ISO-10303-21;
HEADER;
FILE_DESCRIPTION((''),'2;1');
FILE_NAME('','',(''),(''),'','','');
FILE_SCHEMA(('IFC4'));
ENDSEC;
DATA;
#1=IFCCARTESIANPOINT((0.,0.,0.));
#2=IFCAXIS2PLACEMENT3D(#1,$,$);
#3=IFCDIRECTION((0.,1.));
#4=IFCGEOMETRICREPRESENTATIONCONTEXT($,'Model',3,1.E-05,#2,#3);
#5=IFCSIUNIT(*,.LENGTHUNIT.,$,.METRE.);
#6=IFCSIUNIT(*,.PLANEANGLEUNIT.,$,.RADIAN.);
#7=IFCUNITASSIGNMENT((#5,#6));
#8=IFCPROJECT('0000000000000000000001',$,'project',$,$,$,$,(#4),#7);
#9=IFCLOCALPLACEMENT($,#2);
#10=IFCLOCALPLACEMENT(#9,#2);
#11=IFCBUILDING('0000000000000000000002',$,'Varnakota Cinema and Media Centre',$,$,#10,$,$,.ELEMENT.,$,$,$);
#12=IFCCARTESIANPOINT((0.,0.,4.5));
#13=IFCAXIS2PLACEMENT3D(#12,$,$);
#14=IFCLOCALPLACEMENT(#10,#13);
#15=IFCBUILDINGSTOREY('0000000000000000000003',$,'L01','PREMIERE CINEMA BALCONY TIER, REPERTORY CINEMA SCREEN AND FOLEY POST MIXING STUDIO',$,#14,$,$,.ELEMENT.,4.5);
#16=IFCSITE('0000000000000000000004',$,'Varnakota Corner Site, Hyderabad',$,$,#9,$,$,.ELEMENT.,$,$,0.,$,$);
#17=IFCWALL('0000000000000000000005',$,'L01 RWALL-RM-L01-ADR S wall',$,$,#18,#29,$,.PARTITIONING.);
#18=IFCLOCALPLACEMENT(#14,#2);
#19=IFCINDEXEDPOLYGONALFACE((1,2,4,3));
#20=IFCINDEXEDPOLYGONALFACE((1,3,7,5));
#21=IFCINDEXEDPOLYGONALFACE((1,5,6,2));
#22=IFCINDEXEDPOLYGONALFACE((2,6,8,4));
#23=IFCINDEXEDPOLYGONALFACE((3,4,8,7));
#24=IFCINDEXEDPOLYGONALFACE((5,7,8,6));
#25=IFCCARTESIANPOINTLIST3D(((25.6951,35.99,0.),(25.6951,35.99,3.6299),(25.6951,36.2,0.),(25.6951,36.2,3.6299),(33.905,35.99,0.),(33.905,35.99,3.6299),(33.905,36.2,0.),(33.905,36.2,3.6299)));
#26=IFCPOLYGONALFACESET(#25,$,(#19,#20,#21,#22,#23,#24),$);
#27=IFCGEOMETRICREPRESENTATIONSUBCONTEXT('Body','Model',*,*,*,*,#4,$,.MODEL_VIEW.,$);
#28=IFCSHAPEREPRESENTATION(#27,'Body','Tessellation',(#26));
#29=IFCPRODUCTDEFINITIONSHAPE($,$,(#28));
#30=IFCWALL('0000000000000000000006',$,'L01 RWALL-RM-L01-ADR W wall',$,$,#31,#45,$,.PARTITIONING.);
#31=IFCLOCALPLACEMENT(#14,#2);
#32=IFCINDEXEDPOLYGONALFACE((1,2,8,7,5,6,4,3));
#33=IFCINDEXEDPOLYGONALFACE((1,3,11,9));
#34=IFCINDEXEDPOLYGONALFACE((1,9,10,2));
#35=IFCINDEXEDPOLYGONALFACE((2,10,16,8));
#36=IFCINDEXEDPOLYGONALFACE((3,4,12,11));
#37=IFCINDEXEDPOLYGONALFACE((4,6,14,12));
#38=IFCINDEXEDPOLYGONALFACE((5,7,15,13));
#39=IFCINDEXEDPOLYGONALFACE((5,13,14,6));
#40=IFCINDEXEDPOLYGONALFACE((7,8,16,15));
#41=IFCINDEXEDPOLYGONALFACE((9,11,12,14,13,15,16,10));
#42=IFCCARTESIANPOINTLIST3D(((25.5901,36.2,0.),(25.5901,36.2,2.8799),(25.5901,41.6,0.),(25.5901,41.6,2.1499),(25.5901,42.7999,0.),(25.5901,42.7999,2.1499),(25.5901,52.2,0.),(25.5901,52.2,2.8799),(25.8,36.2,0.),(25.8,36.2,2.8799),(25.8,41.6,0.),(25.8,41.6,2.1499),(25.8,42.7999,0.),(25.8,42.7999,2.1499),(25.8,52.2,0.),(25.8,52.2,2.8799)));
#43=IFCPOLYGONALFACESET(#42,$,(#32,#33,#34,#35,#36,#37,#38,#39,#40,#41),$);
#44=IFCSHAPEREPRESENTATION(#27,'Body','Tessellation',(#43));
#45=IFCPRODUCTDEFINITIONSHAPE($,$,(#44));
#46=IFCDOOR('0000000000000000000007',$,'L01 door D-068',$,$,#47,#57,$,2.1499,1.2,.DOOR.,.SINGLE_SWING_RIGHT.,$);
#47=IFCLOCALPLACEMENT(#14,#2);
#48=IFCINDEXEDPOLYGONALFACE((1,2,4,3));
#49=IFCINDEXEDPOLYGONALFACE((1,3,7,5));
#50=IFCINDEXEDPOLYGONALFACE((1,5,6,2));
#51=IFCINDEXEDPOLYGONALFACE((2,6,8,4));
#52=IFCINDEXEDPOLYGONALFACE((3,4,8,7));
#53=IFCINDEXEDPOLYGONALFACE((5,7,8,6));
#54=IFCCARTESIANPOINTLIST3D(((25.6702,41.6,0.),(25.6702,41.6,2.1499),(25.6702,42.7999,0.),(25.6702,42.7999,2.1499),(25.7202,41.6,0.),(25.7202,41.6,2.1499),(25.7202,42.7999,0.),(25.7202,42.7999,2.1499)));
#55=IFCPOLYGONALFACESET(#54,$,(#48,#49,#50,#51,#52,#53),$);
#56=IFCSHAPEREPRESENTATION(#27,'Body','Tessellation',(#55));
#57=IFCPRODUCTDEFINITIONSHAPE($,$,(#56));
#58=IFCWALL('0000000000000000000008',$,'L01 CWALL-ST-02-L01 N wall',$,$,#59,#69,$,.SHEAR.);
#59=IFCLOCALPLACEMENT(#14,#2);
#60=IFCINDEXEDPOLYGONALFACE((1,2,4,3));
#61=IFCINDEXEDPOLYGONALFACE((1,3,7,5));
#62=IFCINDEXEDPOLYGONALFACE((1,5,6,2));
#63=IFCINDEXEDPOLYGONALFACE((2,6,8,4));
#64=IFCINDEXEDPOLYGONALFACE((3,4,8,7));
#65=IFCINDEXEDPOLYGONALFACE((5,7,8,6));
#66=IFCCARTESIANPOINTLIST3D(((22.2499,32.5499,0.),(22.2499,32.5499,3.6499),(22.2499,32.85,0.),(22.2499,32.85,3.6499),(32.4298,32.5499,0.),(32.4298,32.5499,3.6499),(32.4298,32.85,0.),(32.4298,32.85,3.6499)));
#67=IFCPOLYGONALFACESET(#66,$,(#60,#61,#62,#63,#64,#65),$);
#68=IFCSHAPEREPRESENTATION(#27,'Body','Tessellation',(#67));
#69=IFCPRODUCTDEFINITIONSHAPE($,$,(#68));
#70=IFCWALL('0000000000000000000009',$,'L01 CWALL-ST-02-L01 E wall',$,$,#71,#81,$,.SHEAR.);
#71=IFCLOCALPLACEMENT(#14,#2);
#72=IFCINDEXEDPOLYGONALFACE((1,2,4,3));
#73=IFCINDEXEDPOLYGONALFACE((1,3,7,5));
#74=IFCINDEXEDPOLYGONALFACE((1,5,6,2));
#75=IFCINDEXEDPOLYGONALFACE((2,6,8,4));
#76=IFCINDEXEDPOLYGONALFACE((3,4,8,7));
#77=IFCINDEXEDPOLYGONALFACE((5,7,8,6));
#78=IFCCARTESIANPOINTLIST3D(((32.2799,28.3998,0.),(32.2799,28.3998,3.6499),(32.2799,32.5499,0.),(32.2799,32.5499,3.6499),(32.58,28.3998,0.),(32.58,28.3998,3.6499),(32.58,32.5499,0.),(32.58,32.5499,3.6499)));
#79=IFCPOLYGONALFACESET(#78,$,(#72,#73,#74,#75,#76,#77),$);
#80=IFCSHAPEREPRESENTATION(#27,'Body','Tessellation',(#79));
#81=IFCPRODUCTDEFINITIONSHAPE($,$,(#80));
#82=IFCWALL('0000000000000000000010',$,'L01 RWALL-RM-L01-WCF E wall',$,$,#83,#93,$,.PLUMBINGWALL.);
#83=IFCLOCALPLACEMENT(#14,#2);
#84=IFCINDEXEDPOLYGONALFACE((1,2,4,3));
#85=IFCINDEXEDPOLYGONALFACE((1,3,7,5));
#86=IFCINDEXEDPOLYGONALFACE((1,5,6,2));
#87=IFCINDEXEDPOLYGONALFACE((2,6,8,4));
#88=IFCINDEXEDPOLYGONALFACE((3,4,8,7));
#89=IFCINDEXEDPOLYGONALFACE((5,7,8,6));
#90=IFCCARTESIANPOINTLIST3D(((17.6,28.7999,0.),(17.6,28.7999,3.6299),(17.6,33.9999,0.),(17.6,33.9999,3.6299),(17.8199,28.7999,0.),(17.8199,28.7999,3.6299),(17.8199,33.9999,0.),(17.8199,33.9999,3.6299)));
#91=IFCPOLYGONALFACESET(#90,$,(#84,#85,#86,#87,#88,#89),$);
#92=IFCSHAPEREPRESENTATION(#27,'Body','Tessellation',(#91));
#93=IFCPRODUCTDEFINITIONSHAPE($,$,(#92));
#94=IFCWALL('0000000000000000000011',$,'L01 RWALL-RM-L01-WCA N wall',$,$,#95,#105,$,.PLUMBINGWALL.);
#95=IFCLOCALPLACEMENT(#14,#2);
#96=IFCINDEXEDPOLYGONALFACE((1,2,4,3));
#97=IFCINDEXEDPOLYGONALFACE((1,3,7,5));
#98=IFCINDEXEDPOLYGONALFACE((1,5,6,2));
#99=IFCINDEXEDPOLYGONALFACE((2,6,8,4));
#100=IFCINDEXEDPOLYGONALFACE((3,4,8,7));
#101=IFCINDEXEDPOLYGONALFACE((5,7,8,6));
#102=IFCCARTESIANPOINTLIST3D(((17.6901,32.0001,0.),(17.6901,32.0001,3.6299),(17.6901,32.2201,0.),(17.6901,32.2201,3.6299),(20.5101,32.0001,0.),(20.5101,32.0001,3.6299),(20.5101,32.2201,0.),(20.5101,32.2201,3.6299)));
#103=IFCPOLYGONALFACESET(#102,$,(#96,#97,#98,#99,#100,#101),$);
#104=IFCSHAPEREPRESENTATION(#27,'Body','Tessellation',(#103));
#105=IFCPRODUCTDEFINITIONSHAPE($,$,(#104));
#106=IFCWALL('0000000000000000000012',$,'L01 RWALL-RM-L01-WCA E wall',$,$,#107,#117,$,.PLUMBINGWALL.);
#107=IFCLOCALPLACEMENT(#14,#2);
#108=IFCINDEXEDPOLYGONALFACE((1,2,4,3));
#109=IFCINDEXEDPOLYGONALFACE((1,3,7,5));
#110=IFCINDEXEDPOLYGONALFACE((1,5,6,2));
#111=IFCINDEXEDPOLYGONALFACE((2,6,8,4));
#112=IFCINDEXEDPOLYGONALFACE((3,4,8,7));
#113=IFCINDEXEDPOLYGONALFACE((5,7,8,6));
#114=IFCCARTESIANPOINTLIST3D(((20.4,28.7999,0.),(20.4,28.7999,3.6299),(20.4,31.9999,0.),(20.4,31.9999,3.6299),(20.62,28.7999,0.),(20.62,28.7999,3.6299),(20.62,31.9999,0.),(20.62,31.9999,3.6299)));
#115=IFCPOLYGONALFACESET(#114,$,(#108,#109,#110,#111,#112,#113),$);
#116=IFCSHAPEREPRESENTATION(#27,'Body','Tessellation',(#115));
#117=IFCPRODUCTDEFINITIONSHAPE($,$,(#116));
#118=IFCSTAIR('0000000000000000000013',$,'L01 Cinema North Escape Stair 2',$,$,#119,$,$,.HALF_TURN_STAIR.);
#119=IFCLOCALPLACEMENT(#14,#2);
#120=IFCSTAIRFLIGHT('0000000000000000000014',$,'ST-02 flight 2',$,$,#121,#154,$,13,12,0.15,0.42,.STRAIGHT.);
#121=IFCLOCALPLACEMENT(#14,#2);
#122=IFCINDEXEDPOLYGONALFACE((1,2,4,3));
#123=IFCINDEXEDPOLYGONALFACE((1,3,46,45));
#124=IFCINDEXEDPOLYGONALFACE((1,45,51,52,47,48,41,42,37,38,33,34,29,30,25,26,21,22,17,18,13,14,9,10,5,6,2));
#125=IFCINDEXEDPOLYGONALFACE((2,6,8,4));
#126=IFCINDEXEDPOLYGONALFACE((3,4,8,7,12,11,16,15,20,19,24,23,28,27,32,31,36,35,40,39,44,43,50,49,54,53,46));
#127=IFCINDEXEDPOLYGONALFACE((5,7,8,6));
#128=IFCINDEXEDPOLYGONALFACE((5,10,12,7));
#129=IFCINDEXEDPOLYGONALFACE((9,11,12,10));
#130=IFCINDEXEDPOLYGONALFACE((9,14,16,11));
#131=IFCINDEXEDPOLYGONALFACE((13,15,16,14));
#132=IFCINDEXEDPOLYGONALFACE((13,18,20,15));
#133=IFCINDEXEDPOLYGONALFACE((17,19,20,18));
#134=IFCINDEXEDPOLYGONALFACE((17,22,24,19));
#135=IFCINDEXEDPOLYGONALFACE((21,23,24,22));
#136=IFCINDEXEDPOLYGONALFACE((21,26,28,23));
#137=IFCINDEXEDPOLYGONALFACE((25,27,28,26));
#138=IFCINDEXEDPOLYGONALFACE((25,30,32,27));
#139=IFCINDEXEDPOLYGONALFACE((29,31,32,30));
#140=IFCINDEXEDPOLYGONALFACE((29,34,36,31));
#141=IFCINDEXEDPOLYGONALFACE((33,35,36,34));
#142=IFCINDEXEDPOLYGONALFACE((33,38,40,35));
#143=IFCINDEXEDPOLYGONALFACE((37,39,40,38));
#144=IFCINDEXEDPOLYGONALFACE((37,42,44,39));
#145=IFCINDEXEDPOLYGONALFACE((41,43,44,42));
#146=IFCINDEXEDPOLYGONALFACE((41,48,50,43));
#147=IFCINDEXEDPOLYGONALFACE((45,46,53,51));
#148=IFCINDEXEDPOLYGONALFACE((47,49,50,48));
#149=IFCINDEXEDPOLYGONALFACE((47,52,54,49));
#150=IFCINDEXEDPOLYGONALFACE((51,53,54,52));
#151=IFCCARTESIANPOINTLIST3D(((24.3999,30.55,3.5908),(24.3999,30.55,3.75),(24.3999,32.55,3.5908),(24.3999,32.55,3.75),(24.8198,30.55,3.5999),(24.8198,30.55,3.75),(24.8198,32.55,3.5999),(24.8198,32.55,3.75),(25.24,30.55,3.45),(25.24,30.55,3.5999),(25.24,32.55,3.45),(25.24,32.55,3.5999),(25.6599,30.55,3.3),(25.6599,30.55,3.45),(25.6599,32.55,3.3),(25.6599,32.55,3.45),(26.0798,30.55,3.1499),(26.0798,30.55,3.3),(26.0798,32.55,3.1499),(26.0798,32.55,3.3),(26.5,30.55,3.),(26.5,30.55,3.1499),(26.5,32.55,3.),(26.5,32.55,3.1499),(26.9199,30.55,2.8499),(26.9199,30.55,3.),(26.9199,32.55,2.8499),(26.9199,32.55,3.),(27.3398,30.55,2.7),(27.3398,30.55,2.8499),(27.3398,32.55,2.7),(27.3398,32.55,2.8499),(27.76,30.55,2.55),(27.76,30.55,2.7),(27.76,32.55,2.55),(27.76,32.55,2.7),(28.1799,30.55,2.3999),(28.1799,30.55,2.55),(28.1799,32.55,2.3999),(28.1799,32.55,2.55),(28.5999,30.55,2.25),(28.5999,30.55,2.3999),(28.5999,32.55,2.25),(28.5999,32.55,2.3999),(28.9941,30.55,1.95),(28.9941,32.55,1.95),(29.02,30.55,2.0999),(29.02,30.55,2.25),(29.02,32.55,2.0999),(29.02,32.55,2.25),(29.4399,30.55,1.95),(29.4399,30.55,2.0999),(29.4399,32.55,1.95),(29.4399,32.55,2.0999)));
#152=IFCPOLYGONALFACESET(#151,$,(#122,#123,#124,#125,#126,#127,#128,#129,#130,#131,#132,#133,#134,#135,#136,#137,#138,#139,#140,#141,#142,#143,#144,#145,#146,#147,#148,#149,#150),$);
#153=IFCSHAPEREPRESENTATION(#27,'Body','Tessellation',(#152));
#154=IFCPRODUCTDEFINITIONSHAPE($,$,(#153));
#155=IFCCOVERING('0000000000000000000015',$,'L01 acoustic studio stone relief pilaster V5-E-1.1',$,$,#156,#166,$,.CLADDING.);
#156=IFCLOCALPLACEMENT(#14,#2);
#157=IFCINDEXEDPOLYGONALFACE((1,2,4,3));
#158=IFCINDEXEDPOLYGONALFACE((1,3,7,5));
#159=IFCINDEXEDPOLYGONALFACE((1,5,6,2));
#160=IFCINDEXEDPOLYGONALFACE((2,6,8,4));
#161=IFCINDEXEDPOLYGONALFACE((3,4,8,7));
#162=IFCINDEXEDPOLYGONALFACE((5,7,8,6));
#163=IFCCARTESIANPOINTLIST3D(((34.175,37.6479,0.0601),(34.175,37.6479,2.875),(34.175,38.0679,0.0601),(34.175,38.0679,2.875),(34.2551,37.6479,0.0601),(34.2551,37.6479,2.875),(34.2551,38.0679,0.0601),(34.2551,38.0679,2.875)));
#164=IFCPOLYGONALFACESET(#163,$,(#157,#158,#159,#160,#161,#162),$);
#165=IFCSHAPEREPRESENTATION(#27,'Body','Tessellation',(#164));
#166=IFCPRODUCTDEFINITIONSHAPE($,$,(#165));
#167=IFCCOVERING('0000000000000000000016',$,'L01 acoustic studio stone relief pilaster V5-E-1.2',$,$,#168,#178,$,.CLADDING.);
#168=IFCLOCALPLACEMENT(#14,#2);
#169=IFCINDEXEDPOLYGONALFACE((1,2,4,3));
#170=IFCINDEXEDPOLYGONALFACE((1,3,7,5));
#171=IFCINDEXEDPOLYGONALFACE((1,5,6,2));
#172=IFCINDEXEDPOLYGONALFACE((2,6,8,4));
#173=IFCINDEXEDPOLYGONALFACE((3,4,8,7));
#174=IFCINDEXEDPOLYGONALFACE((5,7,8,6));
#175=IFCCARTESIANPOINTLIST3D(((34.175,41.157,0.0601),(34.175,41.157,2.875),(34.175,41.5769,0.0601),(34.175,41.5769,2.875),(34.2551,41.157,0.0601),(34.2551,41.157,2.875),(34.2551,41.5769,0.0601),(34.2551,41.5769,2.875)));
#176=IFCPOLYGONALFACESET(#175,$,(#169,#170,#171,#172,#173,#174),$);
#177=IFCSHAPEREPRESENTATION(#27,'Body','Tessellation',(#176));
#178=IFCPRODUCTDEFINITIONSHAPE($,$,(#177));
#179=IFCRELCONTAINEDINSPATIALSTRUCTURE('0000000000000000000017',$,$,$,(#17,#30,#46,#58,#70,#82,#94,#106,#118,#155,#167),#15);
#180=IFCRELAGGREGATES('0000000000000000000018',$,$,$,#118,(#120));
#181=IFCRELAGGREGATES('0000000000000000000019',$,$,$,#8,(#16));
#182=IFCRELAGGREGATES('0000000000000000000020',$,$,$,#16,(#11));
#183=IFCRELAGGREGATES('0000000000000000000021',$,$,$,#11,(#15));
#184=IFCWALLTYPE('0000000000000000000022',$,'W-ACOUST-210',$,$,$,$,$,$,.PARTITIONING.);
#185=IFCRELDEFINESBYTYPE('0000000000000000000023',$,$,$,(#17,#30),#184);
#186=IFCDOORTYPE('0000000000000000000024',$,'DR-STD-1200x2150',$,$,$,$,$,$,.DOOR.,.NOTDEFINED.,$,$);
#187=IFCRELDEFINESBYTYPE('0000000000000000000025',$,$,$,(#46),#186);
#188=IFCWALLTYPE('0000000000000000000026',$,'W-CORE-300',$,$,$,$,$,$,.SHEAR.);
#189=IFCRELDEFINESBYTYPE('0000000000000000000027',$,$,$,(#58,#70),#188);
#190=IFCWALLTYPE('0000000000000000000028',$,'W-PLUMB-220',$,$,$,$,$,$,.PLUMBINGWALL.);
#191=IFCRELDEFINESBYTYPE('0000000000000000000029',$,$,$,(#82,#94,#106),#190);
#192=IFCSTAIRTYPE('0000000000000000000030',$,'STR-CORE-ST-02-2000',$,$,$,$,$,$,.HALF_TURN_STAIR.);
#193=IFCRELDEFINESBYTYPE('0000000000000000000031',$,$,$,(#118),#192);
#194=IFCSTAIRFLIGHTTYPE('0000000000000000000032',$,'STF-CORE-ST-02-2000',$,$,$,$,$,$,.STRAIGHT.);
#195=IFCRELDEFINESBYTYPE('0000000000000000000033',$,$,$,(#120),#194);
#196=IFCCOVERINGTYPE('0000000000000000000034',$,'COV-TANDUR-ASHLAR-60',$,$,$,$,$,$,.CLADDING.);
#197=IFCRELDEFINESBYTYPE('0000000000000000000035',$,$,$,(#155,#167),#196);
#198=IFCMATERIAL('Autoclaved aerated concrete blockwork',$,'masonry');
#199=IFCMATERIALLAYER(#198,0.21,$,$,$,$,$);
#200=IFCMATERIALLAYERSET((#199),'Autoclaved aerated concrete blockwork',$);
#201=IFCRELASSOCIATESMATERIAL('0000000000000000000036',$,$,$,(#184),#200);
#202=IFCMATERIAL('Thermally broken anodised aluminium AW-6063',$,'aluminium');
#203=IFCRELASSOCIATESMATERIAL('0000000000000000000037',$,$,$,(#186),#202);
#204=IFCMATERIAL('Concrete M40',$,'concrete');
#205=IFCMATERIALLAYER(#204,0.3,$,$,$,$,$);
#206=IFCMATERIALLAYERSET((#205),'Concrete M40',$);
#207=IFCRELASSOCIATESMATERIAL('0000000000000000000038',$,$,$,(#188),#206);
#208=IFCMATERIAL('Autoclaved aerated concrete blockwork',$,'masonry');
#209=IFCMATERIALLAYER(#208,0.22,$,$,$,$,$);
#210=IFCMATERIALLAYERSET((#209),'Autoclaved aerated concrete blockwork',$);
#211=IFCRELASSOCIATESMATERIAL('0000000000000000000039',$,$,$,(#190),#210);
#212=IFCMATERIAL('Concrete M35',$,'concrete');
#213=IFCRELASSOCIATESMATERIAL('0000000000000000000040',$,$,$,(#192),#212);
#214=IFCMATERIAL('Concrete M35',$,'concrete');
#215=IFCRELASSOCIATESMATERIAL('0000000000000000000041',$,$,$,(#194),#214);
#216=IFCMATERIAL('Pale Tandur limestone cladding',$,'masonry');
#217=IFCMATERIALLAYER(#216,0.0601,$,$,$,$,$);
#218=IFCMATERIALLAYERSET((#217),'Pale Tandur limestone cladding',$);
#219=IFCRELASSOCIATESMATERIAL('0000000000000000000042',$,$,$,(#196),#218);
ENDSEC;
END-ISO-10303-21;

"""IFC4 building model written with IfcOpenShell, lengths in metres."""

from ifc_helpers import new_model, si_unit, direction, frame, frame_2d, origin, origin_2d, place, context, subcontext, project, spatial, polyline, rectangle, outline, extrude, material, layer, layer_set, type_object, element, fill, aggregate, save


model = new_model("IFC4")

# Units and contexts
model_context = context("Model", 3, precision=1e-05, world=origin(), true_north=direction((0.0, 1.0)))
body_context = subcontext(model_context, "Body", "Model", "MODEL_VIEW")
ifc_project = project(units=[si_unit("LENGTHUNIT", "METRE"), si_unit("PLANEANGLEUNIT", "RADIAN")], contexts=[model_context])

# Site, building, storey
site_placement = place(None, origin())
site = spatial("IfcSite", under=ifc_project, at=site_placement, Name="Varnakota Corner Site, Hyderabad", CompositionType="ELEMENT", RefElevation=0.0)
building_placement = place(site_placement, origin())
building = spatial("IfcBuilding", under=site, at=building_placement, Name="Varnakota Cinema and Media Centre", CompositionType="ELEMENT")
storey_placement = place(building_placement, frame((0.0, 0.0, 4.5)))
storey = spatial("IfcBuildingStorey", under=building, at=storey_placement, Name="L01", Description="PREMIERE CINEMA BALCONY TIER, REPERTORY CINEMA SCREEN AND FOLEY POST MIXING STUDIO", CompositionType="ELEMENT", Elevation=4.5)

# Wall
ifc_material_1 = material(Name="Autoclaved aerated concrete blockwork", Category="masonry")
ifc_layer_1 = layer(ifc_material_1, 0.21)
ifc_layer_set_1 = layer_set([ifc_layer_1], Name="Autoclaved aerated concrete blockwork")
wall_type_1 = type_object("IfcWallType", Name="W-ACOUST-210", PredefinedType="PARTITIONING", material=ifc_layer_set_1)
wall_1_placement = place(storey_placement, frame((33.905, 36.095, 0.0), z_axis=(0.0, 0.0, 1.0), x_axis=(-1.0, 0.0, 0.0)))
element("IfcWall", 1, at=wall_1_placement, inside=storey, type_object=wall_type_1, Name="L01 RWALL-RM-L01-ADR S wall", PredefinedType="PARTITIONING", context=body_context, shape_type="SweptSolid", body=[
    extrude(rectangle(XDim=8.21, YDim=0.21, at=frame_2d((4.105, 0.0))), origin(), (0.0, 0.0, 1.0), 3.6299),
])

# Wall, opening, door
wall_2_placement = place(storey_placement, frame((25.6951, 36.2, 0.0), z_axis=(0.0, 0.0, 1.0), x_axis=(0.0, 1.0, 0.0)))
wall_2 = element("IfcWall", 2, at=wall_2_placement, inside=storey, type_object=wall_type_1, Name="L01 RWALL-RM-L01-ADR W wall", PredefinedType="PARTITIONING", context=body_context, shape_type="SweptSolid", body=[
    extrude(rectangle(XDim=16.0, YDim=0.21, at=frame_2d((8.0, 0.0))), origin(), (0.0, 0.0, 1.0), 2.8799),
])
opening_placement = place(wall_2_placement, frame((5.3999, 0.0, 0.0)))
opening = element("IfcOpeningElement", 3, at=opening_placement, cuts=wall_2, PredefinedType="OPENING", context=body_context, shape_type="SweptSolid", body=[
    extrude(rectangle(XDim=1.2, YDim=2.1499, at=frame_2d((0.6001, 1.075))), frame((0.0, 0.105, 0.0), z_axis=(0.0, -1.0, 0.0), x_axis=(1.0, 0.0, 0.0)), (0.0, 0.0, 1.0), 0.21),
])
ifc_material_2 = material(Name="Thermally broken anodised aluminium AW-6063", Category="aluminium")
door_type = type_object("IfcDoorType", Name="DR-STD-1200x2150", OperationType="NOTDEFINED", PredefinedType="DOOR", material=ifc_material_2)
door_placement = place(opening_placement, origin())
door = element("IfcDoor", 4, at=door_placement, inside=storey, type_object=door_type, Name="L01 door D-068", OperationType="SINGLE_SWING_RIGHT", OverallHeight=2.1499, OverallWidth=1.2, PredefinedType="DOOR", context=body_context, shape_type="SweptSolid", body=[
    extrude(rectangle(XDim=1.2, YDim=2.1499, at=frame_2d((0.6001, 1.075))), frame((0.0, 0.0249, 0.0), z_axis=(0.0, -1.0, 0.0), x_axis=(1.0, 0.0, 0.0)), (0.0, 0.0, 1.0), 0.05),
])
fill(opening, door)

# Walls
ifc_material_3 = material(Name="Concrete M40", Category="concrete")
ifc_layer_2 = layer(ifc_material_3, 0.3)
ifc_layer_set_2 = layer_set([ifc_layer_2], Name="Concrete M40")
wall_type_2 = type_object("IfcWallType", Name="W-CORE-300", PredefinedType="SHEAR", material=ifc_layer_set_2)
wall_3_placement = place(storey_placement, frame((22.25, 32.7, 0.0), z_axis=(0.0, 0.0, 1.0), x_axis=(1.0, 0.0, 0.0)))
element("IfcWall", 5, at=wall_3_placement, inside=storey, type_object=wall_type_2, Name="L01 CWALL-ST-02-L01 N wall", PredefinedType="SHEAR", context=body_context, shape_type="SweptSolid", body=[
    extrude(rectangle(XDim=10.1799, YDim=0.3, at=frame_2d((5.0898, 0.0))), origin(), (0.0, 0.0, 1.0), 3.6499),
])
wall_4_placement = place(storey_placement, frame((32.4299, 32.55, 0.0), z_axis=(0.0, 0.0, 1.0), x_axis=(0.0, -1.0, 0.0)))
element("IfcWall", 6, at=wall_4_placement, inside=storey, type_object=wall_type_2, Name="L01 CWALL-ST-02-L01 E wall", PredefinedType="SHEAR", context=body_context, shape_type="SweptSolid", body=[
    extrude(rectangle(XDim=4.1501, YDim=0.3, at=frame_2d((2.0752, 0.0))), origin(), (0.0, 0.0, 1.0), 3.6499),
])
ifc_material_4 = material(Name="Autoclaved aerated concrete blockwork", Category="masonry")
ifc_layer_3 = layer(ifc_material_4, 0.22)
ifc_layer_set_3 = layer_set([ifc_layer_3], Name="Autoclaved aerated concrete blockwork")
wall_type_3 = type_object("IfcWallType", Name="W-PLUMB-220", PredefinedType="PLUMBINGWALL", material=ifc_layer_set_3)
wall_5_placement = place(storey_placement, frame((17.71, 34.0, 0.0), z_axis=(0.0, 0.0, 1.0), x_axis=(0.0, -1.0, 0.0)))
element("IfcWall", 7, at=wall_5_placement, inside=storey, type_object=wall_type_3, Name="L01 RWALL-RM-L01-WCF E wall", PredefinedType="PLUMBINGWALL", context=body_context, shape_type="SweptSolid", body=[
    extrude(rectangle(XDim=5.2, YDim=0.22, at=frame_2d((2.6001, 0.0))), origin(), (0.0, 0.0, 1.0), 3.6299),
])
wall_6_placement = place(storey_placement, frame((17.6899, 32.1101, 0.0), z_axis=(0.0, 0.0, 1.0), x_axis=(1.0, 0.0, 0.0)))
element("IfcWall", 8, at=wall_6_placement, inside=storey, type_object=wall_type_3, Name="L01 RWALL-RM-L01-WCA N wall", PredefinedType="PLUMBINGWALL", context=body_context, shape_type="SweptSolid", body=[
    extrude(rectangle(XDim=2.8201, YDim=0.22, at=frame_2d((1.4102, 0.0))), origin(), (0.0, 0.0, 1.0), 3.6299),
])
wall_7_placement = place(storey_placement, frame((20.51, 32.0, 0.0), z_axis=(0.0, 0.0, 1.0), x_axis=(0.0, -1.0, 0.0)))
element("IfcWall", 9, at=wall_7_placement, inside=storey, type_object=wall_type_3, Name="L01 RWALL-RM-L01-WCA E wall", PredefinedType="PLUMBINGWALL", context=body_context, shape_type="SweptSolid", body=[
    extrude(rectangle(XDim=3.2, YDim=0.22, at=frame_2d((1.6001, 0.0))), origin(), (0.0, 0.0, 1.0), 3.6299),
])

# Stair, stair flight
ifc_material_5 = material(Name="Concrete M35", Category="concrete")
stair_type = type_object("IfcStairType", Name="STR-CORE-ST-02-2000", PredefinedType="HALF_TURN_STAIR", material=ifc_material_5)
stair_placement = place(storey_placement, origin())
stair = element("IfcStair", 10, at=stair_placement, inside=storey, type_object=stair_type, Name="L01 Cinema North Escape Stair 2", PredefinedType="HALF_TURN_STAIR")
ifc_material_6 = material(Name="Concrete M35", Category="concrete")
stair_flight_type = type_object("IfcStairFlightType", Name="STF-CORE-ST-02-2000", PredefinedType="STRAIGHT", material=ifc_material_6)
stair_flight_placement = place(storey_placement, frame((29.4399, 31.55, 1.95), z_axis=(0.0, 0.0, 1.0), x_axis=(-1.0, 0.0, 0.0)))
stair_flight = element("IfcStairFlight", 11, at=stair_flight_placement, type_object=stair_flight_type, Name="ST-02 flight 2", NumberOfRisers=13, NumberOfTreads=12, PredefinedType="STRAIGHT", RiserHeight=0.15, TreadLength=0.42, context=body_context, shape_type="SweptSolid", body=[
    extrude(outline(polyline([(0.0, 0.0), (0.0, 0.1499), (0.4199, 0.1499), (0.4199, 0.3), (0.8401, 0.3), (0.8401, 0.45), (1.26, 0.45), (1.26, 0.6001), (1.6799, 0.6001), (1.6799, 0.75), (2.1001, 0.75), (2.1001, 0.8999), (2.52, 0.8999), (2.52, 1.05), (2.9399, 1.05), (2.9399, 1.2), (3.3601, 1.2), (3.3601, 1.3501), (3.78, 1.3501), (3.78, 1.5), (4.2, 1.5), (4.2, 1.6499), (4.6201, 1.6499), (4.6201, 1.8), (5.04, 1.8), (5.04, 1.95), (5.04, 1.6409), (0.4458, 0.0), (0.0, 0.0)])), frame((0.0, 1.0, 0.0), z_axis=(0.0, -1.0, 0.0), x_axis=(1.0, 0.0, 0.0)), (0.0, 0.0, 1.0), 2.0),
])
aggregate(stair, [stair_flight])

# Coverings
ifc_material_7 = material(Name="Pale Tandur limestone cladding", Category="masonry")
ifc_layer_4 = layer(ifc_material_7, 0.0601)
ifc_layer_set_4 = layer_set([ifc_layer_4], Name="Pale Tandur limestone cladding")
covering_type = type_object("IfcCoveringType", Name="COV-TANDUR-ASHLAR-60", PredefinedType="CLADDING", material=ifc_layer_set_4)
for number, where, z_axis, x_axis, name in (
    (12, (34.2151, 37.8579, 0.0601), (0.0, 0.0, 1.0), (0.0, 1.0, 0.0), "L01 acoustic studio stone relief pilaster V5-E-1.1"),
    (13, (34.2151, 41.3669, 0.0601), (0.0, 0.0, 1.0), (0.0, 1.0, 0.0), "L01 acoustic studio stone relief pilaster V5-E-1.2"),
):
    element("IfcCovering", number, at=place(storey_placement, frame(where, z_axis=z_axis, x_axis=x_axis)), inside=storey, type_object=covering_type, Name=name, PredefinedType="CLADDING", context=body_context, shape_type="SweptSolid", body=[
        extrude(rectangle(XDim=0.4199, YDim=0.0801, at=origin_2d()), origin(), (0.0, 0.0, 1.0), 2.8149),
    ])

save(model, "model.ifc")
